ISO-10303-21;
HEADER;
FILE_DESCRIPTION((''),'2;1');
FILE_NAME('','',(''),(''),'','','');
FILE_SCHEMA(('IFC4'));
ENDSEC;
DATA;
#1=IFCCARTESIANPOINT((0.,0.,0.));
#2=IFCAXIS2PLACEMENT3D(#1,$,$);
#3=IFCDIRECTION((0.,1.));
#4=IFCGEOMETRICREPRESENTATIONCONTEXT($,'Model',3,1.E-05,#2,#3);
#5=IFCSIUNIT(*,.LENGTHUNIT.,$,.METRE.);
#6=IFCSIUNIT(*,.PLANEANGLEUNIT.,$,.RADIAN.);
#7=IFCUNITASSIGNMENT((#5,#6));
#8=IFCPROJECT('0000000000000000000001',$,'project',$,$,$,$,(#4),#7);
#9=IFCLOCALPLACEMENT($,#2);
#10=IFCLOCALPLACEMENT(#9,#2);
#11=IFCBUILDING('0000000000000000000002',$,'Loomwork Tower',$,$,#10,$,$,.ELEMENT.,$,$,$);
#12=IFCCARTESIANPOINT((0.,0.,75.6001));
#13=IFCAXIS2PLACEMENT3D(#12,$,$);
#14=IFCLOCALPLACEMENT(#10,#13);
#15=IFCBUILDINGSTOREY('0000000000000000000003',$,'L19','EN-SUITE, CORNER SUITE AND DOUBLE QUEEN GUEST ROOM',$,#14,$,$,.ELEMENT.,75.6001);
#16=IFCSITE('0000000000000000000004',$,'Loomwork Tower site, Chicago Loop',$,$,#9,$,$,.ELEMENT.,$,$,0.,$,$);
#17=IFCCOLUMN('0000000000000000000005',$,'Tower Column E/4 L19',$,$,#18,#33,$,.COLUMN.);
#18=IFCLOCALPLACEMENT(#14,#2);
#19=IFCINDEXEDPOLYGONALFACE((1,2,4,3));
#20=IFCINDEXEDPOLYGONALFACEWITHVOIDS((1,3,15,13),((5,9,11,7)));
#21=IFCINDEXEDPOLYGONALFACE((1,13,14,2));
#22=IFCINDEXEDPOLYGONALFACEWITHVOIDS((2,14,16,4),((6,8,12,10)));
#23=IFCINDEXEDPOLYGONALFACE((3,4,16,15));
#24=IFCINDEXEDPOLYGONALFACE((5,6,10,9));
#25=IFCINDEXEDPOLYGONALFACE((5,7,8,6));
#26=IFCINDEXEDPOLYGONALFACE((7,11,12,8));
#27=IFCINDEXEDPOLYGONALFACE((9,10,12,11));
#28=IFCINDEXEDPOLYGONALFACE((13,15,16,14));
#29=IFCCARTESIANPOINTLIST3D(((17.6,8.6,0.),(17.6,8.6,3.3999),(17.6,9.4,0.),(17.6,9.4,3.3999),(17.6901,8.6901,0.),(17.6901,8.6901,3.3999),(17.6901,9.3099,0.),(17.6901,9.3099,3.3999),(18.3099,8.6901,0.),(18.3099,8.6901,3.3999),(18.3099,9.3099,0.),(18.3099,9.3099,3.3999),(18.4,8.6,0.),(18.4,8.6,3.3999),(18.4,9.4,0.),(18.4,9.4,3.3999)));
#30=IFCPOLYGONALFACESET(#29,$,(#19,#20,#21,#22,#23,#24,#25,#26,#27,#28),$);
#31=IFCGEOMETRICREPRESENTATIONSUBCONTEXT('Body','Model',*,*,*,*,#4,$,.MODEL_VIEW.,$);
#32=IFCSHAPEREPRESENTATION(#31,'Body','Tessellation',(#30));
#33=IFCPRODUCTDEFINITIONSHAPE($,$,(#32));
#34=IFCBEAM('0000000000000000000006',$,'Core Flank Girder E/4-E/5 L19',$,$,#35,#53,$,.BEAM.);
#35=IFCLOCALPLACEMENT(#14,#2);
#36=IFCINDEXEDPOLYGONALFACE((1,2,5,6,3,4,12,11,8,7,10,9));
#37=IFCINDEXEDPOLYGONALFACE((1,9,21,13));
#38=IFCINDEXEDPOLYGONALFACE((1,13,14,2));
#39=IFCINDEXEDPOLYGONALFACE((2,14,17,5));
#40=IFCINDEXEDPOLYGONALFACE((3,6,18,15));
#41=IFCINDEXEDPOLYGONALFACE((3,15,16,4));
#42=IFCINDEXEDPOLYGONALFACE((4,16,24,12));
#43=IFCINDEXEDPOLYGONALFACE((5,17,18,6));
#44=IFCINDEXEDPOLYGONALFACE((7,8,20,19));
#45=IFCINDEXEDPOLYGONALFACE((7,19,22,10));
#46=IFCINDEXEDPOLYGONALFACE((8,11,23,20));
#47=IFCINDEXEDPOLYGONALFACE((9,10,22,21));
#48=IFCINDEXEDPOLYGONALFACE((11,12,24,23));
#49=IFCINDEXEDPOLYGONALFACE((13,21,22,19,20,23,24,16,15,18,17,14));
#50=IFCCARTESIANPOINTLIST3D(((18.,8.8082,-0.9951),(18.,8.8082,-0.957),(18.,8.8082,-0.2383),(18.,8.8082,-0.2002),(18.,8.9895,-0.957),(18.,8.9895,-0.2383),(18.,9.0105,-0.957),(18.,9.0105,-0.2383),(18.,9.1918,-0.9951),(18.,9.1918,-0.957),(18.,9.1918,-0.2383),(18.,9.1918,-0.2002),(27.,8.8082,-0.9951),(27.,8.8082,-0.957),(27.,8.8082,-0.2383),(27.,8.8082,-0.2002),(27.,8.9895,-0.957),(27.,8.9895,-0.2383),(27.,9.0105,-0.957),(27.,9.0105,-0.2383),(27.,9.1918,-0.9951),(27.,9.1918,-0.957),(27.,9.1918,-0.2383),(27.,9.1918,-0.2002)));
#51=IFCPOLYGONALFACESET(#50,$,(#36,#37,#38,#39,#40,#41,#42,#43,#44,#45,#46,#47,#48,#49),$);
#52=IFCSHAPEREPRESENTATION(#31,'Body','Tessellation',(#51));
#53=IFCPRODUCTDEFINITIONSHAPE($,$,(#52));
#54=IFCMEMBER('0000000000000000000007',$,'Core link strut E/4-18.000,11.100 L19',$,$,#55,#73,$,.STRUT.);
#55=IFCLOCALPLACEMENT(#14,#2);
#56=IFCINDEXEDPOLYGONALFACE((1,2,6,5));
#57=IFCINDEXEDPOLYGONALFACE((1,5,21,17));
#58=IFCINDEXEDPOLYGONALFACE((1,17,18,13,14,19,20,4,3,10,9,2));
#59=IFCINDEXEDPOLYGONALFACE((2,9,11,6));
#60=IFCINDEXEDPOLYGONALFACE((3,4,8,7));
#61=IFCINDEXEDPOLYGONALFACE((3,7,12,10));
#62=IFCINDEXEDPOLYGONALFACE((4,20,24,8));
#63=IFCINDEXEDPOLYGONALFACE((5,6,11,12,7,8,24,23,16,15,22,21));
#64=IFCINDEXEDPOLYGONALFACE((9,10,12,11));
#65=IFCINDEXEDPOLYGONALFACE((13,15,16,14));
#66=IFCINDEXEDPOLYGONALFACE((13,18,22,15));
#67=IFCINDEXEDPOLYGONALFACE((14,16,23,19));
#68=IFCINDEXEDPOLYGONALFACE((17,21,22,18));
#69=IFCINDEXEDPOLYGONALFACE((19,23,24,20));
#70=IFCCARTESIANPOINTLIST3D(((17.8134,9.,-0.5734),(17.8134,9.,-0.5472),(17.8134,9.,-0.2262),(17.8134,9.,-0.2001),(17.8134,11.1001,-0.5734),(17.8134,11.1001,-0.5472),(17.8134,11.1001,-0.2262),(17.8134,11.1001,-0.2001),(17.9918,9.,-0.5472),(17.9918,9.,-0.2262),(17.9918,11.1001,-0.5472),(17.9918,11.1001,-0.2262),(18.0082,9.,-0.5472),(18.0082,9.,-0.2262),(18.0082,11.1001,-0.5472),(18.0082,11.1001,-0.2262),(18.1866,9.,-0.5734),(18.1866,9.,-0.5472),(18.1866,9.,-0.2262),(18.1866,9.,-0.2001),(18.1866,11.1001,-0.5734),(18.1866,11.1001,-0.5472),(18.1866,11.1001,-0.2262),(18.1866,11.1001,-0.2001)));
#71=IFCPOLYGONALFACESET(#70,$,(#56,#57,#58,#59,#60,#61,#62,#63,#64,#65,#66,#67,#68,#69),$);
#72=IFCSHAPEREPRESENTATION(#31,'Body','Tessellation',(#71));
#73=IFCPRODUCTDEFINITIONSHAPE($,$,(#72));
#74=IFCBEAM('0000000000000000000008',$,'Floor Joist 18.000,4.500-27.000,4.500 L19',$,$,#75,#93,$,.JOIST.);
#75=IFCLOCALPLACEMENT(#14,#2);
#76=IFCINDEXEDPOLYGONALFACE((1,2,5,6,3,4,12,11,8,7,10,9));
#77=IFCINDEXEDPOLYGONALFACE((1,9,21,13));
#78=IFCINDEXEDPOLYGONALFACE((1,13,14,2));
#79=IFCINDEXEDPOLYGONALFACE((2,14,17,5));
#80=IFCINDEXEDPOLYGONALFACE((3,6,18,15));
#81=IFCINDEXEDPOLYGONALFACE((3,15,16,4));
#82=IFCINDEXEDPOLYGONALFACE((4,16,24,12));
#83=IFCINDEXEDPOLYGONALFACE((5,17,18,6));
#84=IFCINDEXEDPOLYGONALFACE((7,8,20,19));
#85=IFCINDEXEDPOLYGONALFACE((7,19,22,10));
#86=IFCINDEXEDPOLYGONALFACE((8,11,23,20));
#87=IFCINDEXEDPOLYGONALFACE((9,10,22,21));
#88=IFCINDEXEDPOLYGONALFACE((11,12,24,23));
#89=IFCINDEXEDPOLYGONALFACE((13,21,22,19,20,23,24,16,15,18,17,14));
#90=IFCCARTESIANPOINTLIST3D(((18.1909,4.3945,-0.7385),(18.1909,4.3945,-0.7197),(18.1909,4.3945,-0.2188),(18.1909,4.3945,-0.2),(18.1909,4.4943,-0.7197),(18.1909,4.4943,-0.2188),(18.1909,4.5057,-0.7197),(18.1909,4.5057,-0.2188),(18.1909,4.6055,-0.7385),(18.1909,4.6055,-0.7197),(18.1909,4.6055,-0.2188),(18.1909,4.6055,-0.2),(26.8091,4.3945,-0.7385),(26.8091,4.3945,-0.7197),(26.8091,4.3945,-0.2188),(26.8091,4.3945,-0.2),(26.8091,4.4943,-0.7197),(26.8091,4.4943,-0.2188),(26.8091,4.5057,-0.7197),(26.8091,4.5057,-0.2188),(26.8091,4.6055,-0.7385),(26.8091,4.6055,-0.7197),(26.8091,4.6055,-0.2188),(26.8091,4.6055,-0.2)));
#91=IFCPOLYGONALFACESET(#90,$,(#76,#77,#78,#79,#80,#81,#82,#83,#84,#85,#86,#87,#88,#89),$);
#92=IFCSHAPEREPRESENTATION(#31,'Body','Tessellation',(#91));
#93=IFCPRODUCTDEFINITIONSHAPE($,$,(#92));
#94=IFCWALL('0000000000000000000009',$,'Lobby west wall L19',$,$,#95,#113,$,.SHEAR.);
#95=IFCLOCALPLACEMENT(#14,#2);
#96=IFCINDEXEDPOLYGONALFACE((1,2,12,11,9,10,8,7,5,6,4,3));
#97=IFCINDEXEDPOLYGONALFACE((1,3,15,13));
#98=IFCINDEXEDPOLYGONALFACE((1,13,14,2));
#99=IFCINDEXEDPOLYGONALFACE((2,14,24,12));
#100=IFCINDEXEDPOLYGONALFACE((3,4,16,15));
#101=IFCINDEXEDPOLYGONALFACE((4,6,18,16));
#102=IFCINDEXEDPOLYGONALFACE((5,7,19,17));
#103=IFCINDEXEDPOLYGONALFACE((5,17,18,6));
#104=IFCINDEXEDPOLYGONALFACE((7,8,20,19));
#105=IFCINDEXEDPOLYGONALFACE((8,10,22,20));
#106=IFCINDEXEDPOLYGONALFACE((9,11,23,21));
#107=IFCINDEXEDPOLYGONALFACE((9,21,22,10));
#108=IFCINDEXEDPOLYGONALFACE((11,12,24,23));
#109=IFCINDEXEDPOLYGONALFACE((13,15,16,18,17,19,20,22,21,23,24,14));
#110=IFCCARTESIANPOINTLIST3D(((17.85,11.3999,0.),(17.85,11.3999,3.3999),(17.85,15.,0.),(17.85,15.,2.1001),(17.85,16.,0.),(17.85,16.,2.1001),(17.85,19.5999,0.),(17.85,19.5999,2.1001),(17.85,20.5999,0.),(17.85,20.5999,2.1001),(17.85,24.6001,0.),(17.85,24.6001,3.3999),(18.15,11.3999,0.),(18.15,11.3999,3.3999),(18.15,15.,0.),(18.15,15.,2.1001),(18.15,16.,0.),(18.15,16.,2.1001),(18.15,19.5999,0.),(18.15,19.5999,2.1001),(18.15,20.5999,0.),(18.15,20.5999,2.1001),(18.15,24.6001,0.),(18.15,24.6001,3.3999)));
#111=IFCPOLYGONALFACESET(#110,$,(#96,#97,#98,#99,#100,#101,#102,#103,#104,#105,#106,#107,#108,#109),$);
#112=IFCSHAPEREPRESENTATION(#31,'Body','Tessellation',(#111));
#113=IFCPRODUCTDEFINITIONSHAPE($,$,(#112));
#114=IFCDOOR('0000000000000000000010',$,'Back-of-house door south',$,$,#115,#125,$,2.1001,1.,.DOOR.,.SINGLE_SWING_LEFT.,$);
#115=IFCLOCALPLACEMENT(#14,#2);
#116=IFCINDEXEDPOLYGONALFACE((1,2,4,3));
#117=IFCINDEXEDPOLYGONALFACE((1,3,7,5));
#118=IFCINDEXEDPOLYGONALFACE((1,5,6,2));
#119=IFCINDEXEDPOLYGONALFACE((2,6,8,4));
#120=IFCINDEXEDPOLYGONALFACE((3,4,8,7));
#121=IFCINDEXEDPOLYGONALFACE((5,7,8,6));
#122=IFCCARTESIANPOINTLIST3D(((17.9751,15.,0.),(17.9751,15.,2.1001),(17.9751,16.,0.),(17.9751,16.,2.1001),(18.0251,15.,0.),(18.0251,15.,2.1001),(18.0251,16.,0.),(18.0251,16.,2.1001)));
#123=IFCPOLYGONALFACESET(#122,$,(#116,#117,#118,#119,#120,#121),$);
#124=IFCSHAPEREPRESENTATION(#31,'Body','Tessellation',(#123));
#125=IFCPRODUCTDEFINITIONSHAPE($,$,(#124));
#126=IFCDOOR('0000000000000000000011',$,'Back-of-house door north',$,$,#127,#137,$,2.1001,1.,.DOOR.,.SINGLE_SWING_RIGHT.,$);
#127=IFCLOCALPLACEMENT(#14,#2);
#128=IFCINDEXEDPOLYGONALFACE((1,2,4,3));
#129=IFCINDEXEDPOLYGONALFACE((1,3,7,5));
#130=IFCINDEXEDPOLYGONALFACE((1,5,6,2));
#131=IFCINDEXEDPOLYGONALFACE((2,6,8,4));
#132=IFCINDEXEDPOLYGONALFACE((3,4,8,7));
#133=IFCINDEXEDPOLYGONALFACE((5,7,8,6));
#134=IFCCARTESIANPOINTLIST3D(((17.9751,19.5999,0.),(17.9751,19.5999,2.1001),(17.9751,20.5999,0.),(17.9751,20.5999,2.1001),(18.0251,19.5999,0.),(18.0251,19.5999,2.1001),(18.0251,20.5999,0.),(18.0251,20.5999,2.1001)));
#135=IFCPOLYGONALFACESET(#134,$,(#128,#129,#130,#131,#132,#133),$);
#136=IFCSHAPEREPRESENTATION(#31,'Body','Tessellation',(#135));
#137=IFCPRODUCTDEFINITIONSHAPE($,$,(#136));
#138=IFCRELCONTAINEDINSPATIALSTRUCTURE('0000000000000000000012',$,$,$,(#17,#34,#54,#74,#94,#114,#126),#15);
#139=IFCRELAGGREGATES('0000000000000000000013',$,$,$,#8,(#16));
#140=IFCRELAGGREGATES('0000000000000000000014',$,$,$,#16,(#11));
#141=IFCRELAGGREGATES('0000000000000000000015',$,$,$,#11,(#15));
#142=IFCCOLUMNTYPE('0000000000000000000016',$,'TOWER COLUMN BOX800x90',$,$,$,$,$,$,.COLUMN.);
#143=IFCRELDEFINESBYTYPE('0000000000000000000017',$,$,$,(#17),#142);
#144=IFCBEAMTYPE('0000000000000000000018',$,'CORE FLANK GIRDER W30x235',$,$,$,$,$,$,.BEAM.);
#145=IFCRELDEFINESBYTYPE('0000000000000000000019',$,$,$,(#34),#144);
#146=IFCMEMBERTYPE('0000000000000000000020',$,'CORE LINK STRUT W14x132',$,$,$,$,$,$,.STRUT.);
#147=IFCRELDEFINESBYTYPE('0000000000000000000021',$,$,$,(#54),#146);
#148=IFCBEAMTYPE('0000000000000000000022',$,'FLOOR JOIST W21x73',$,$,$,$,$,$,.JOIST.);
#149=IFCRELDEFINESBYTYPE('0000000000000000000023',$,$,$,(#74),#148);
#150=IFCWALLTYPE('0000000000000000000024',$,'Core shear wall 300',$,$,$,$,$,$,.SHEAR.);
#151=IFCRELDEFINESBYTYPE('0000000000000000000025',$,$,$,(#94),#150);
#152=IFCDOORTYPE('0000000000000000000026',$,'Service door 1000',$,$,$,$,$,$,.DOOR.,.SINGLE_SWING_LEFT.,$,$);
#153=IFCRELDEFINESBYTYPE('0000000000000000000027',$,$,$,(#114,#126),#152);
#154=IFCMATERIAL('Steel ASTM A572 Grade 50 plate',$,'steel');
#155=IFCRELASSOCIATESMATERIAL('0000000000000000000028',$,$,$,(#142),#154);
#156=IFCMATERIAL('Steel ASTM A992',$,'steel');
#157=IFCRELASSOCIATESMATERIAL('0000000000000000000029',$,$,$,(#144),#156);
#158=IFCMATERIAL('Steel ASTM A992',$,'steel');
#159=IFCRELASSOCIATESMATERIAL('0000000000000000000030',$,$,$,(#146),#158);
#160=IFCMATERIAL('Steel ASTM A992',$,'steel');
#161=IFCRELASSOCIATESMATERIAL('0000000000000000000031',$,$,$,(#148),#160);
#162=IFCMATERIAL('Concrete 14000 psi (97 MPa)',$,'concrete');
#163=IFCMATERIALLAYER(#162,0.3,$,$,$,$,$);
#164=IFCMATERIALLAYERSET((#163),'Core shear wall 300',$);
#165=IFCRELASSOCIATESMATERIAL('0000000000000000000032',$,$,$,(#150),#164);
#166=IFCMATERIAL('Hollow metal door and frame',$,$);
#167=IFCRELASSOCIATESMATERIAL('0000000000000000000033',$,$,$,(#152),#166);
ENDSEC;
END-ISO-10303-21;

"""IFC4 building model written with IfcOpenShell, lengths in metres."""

from ifc_helpers import new_model, si_unit, direction, frame, frame_2d, origin, origin_2d, place, context, subcontext, project, spatial, rectangle, hollow_rectangle, i_section, extrude, material, layer, layer_set, material_profile, profile_set, type_object, element, fill, save


model = new_model("IFC4")

# Units and contexts
model_context = context("Model", 3, precision=1e-05, world=origin(), true_north=direction((0.0, 1.0)))
body_context = subcontext(model_context, "Body", "Model", "MODEL_VIEW")
ifc_project = project(units=[si_unit("LENGTHUNIT", "METRE"), si_unit("PLANEANGLEUNIT", "RADIAN")], contexts=[model_context])

# Site, building, storey
site_placement = place(None, origin())
site = spatial("IfcSite", under=ifc_project, at=site_placement, Name="Loomwork Tower site, Chicago Loop", CompositionType="ELEMENT", RefElevation=0.0)
building_placement = place(site_placement, origin())
building = spatial("IfcBuilding", under=site, at=building_placement, Name="Loomwork Tower", CompositionType="ELEMENT")
storey_placement = place(building_placement, frame((0.0, 0.0, 75.6001)))
storey = spatial("IfcBuildingStorey", under=building, at=storey_placement, Name="L19", Description="EN-SUITE, CORNER SUITE AND DOUBLE QUEEN GUEST ROOM", CompositionType="ELEMENT", Elevation=75.6001)

# Column
ifc_material_1 = material(Name="Steel ASTM A572 Grade 50 plate", Category="steel")
ifc_material_profile_1 = material_profile(ifc_material_1, hollow_rectangle(XDim=0.8, YDim=0.8, WallThickness=0.0901, at=origin_2d()), Name="BOX800x90")
ifc_profile_set_1 = profile_set([ifc_material_profile_1], Name="Steel ASTM A572 Grade 50 plate")
column_type = type_object("IfcColumnType", Name="TOWER COLUMN BOX800x90", PredefinedType="COLUMN", material=ifc_profile_set_1)
column_placement = place(storey_placement, frame((18.0, 9.0, 0.0), z_axis=(0.0, 0.0, 1.0), x_axis=(1.0, 0.0, 0.0)))
element("IfcColumn", 1, at=column_placement, inside=storey, type_object=column_type, Name="Tower Column E/4 L19", PredefinedType="COLUMN", context=body_context, shape_type="SweptSolid", body=[
    extrude(hollow_rectangle(XDim=0.8, YDim=0.8, WallThickness=0.0901, at=origin_2d()), origin(), (0.0, 0.0, 1.0), 3.3999),
])

# Beam
ifc_material_2 = material(Name="Steel ASTM A992", Category="steel")
ifc_material_profile_2 = material_profile(ifc_material_2, i_section(OverallWidth=0.3835, OverallDepth=0.7949, WebThickness=0.021, FlangeThickness=0.0381, at=origin_2d()), Name="W30x235")
ifc_profile_set_2 = profile_set([ifc_material_profile_2], Name="Steel ASTM A992")
beam_type_1 = type_object("IfcBeamType", Name="CORE FLANK GIRDER W30x235", PredefinedType="BEAM", material=ifc_profile_set_2)
beam_1_placement = place(storey_placement, frame((18.0, 9.0, -0.5977), z_axis=(1.0, 0.0, 0.0), x_axis=(0.0, 1.0, 0.0)))
element("IfcBeam", 2, at=beam_1_placement, inside=storey, type_object=beam_type_1, Name="Core Flank Girder E/4-E/5 L19", PredefinedType="BEAM", context=body_context, shape_type="SweptSolid", body=[
    extrude(i_section(OverallWidth=0.3835, OverallDepth=0.7949, WebThickness=0.021, FlangeThickness=0.0381, at=origin_2d()), origin(), (0.0, 0.0, 1.0), 9.0),
])

# Member
ifc_material_3 = material(Name="Steel ASTM A992", Category="steel")
ifc_material_profile_3 = material_profile(ifc_material_3, i_section(OverallWidth=0.3733, OverallDepth=0.3733, WebThickness=0.0164, FlangeThickness=0.0261, at=origin_2d()), Name="W14x132")
ifc_profile_set_3 = profile_set([ifc_material_profile_3], Name="Steel ASTM A992")
member_type = type_object("IfcMemberType", Name="CORE LINK STRUT W14x132", PredefinedType="STRUT", material=ifc_profile_set_3)
member_placement = place(storey_placement, frame((18.0, 9.0, -0.3867), z_axis=(0.0, 1.0, 0.0), x_axis=(-1.0, 0.0, 0.0)))
element("IfcMember", 3, at=member_placement, inside=storey, type_object=member_type, Name="Core link strut E/4-18.000,11.100 L19", PredefinedType="STRUT", context=body_context, shape_type="SweptSolid", body=[
    extrude(i_section(OverallWidth=0.3733, OverallDepth=0.3733, WebThickness=0.0164, FlangeThickness=0.0261, at=origin_2d()), origin(), (0.0, 0.0, 1.0), 2.1001),
])

# Beam
ifc_material_4 = material(Name="Steel ASTM A992", Category="steel")
ifc_material_profile_4 = material_profile(ifc_material_4, i_section(OverallWidth=0.2109, OverallDepth=0.5386, WebThickness=0.0115, FlangeThickness=0.0188, at=origin_2d()), Name="W21x73")
ifc_profile_set_4 = profile_set([ifc_material_profile_4], Name="Steel ASTM A992")
beam_type_2 = type_object("IfcBeamType", Name="FLOOR JOIST W21x73", PredefinedType="JOIST", material=ifc_profile_set_4)
beam_2_placement = place(storey_placement, frame((18.1909, 4.5, -0.4692), z_axis=(1.0, 0.0, 0.0), x_axis=(0.0, 1.0, 0.0)))
element("IfcBeam", 4, at=beam_2_placement, inside=storey, type_object=beam_type_2, Name="Floor Joist 18.000,4.500-27.000,4.500 L19", PredefinedType="JOIST", context=body_context, shape_type="SweptSolid", body=[
    extrude(i_section(OverallWidth=0.2109, OverallDepth=0.5386, WebThickness=0.0115, FlangeThickness=0.0188, at=origin_2d()), origin(), (0.0, 0.0, 1.0), 8.6182),
])

# Wall, openings, doors
ifc_material_5 = material(Name="Concrete 14000 psi (97 MPa)", Category="concrete")
ifc_layer_1 = layer(ifc_material_5, 0.3)
ifc_layer_set_1 = layer_set([ifc_layer_1], Name="Core shear wall 300")
wall_type_1 = type_object("IfcWallType", Name="Core shear wall 300", PredefinedType="SHEAR", material=ifc_layer_set_1)
wall_1_placement = place(storey_placement, frame((18.0, 11.3999, 0.0), z_axis=(0.0, 0.0, 1.0), x_axis=(0.0, 1.0, 0.0)))
wall_1 = element("IfcWall", 5, at=wall_1_placement, inside=storey, type_object=wall_type_1, Name="Lobby west wall L19", PredefinedType="SHEAR", context=body_context, shape_type="SweptSolid", body=[
    extrude(rectangle(XDim=13.2002, YDim=0.3, at=frame_2d((6.6001, 0.0))), origin(), (0.0, 0.0, 1.0), 3.3999),
])
opening_1_placement = place(wall_1_placement, frame((3.6001, 0.0, 0.0)))
opening_1 = element("IfcOpeningElement", 6, at=opening_1_placement, cuts=wall_1, PredefinedType="OPENING", context=body_context, shape_type="SweptSolid", body=[
    extrude(rectangle(XDim=1.0, YDim=2.1001, at=frame_2d((0.5, 1.05))), frame((0.0, 0.1599, 0.0), z_axis=(0.0, -1.0, 0.0), x_axis=(1.0, 0.0, 0.0)), (0.0, 0.0, 1.0), 0.3201),
])
opening_2_placement = place(wall_1_placement, frame((8.2, 0.0, 0.0)))
opening_2 = element("IfcOpeningElement", 7, at=opening_2_placement, cuts=wall_1, PredefinedType="OPENING", context=body_context, shape_type="SweptSolid", body=[
    extrude(rectangle(XDim=1.0, YDim=2.1001, at=frame_2d((0.5, 1.05))), frame((0.0, 0.1599, 0.0), z_axis=(0.0, -1.0, 0.0), x_axis=(1.0, 0.0, 0.0)), (0.0, 0.0, 1.0), 0.3201),
])
ifc_material_6 = material(Name="Hollow metal door and frame")
door_type_1 = type_object("IfcDoorType", Name="Service door 1000", OperationType="SINGLE_SWING_LEFT", PredefinedType="DOOR", material=ifc_material_6)
door_1_placement = place(opening_1_placement, origin())
door_1 = element("IfcDoor", 8, at=door_1_placement, inside=storey, type_object=door_type_1, Name="Back-of-house door south", OperationType="SINGLE_SWING_LEFT", OverallHeight=2.1001, OverallWidth=1.0, PredefinedType="DOOR", context=body_context, shape_type="SweptSolid", body=[
    extrude(rectangle(XDim=1.0, YDim=2.1001, at=frame_2d((0.5, 1.05))), frame((0.0, 0.0249, 0.0), z_axis=(0.0, -1.0, 0.0), x_axis=(1.0, 0.0, 0.0)), (0.0, 0.0, 1.0), 0.05),
])
fill(opening_1, door_1)
door_2_placement = place(opening_2_placement, origin())
door_2 = element("IfcDoor", 9, at=door_2_placement, inside=storey, type_object=door_type_1, Name="Back-of-house door north", OperationType="SINGLE_SWING_RIGHT", OverallHeight=2.1001, OverallWidth=1.0, PredefinedType="DOOR", context=body_context, shape_type="SweptSolid", body=[
    extrude(rectangle(XDim=1.0, YDim=2.1001, at=frame_2d((0.5, 1.05))), frame((0.0, 0.0249, 0.0), z_axis=(0.0, -1.0, 0.0), x_axis=(1.0, 0.0, 0.0)), (0.0, 0.0, 1.0), 0.05),
])
fill(opening_2, door_2)

save(model, "model.ifc")
